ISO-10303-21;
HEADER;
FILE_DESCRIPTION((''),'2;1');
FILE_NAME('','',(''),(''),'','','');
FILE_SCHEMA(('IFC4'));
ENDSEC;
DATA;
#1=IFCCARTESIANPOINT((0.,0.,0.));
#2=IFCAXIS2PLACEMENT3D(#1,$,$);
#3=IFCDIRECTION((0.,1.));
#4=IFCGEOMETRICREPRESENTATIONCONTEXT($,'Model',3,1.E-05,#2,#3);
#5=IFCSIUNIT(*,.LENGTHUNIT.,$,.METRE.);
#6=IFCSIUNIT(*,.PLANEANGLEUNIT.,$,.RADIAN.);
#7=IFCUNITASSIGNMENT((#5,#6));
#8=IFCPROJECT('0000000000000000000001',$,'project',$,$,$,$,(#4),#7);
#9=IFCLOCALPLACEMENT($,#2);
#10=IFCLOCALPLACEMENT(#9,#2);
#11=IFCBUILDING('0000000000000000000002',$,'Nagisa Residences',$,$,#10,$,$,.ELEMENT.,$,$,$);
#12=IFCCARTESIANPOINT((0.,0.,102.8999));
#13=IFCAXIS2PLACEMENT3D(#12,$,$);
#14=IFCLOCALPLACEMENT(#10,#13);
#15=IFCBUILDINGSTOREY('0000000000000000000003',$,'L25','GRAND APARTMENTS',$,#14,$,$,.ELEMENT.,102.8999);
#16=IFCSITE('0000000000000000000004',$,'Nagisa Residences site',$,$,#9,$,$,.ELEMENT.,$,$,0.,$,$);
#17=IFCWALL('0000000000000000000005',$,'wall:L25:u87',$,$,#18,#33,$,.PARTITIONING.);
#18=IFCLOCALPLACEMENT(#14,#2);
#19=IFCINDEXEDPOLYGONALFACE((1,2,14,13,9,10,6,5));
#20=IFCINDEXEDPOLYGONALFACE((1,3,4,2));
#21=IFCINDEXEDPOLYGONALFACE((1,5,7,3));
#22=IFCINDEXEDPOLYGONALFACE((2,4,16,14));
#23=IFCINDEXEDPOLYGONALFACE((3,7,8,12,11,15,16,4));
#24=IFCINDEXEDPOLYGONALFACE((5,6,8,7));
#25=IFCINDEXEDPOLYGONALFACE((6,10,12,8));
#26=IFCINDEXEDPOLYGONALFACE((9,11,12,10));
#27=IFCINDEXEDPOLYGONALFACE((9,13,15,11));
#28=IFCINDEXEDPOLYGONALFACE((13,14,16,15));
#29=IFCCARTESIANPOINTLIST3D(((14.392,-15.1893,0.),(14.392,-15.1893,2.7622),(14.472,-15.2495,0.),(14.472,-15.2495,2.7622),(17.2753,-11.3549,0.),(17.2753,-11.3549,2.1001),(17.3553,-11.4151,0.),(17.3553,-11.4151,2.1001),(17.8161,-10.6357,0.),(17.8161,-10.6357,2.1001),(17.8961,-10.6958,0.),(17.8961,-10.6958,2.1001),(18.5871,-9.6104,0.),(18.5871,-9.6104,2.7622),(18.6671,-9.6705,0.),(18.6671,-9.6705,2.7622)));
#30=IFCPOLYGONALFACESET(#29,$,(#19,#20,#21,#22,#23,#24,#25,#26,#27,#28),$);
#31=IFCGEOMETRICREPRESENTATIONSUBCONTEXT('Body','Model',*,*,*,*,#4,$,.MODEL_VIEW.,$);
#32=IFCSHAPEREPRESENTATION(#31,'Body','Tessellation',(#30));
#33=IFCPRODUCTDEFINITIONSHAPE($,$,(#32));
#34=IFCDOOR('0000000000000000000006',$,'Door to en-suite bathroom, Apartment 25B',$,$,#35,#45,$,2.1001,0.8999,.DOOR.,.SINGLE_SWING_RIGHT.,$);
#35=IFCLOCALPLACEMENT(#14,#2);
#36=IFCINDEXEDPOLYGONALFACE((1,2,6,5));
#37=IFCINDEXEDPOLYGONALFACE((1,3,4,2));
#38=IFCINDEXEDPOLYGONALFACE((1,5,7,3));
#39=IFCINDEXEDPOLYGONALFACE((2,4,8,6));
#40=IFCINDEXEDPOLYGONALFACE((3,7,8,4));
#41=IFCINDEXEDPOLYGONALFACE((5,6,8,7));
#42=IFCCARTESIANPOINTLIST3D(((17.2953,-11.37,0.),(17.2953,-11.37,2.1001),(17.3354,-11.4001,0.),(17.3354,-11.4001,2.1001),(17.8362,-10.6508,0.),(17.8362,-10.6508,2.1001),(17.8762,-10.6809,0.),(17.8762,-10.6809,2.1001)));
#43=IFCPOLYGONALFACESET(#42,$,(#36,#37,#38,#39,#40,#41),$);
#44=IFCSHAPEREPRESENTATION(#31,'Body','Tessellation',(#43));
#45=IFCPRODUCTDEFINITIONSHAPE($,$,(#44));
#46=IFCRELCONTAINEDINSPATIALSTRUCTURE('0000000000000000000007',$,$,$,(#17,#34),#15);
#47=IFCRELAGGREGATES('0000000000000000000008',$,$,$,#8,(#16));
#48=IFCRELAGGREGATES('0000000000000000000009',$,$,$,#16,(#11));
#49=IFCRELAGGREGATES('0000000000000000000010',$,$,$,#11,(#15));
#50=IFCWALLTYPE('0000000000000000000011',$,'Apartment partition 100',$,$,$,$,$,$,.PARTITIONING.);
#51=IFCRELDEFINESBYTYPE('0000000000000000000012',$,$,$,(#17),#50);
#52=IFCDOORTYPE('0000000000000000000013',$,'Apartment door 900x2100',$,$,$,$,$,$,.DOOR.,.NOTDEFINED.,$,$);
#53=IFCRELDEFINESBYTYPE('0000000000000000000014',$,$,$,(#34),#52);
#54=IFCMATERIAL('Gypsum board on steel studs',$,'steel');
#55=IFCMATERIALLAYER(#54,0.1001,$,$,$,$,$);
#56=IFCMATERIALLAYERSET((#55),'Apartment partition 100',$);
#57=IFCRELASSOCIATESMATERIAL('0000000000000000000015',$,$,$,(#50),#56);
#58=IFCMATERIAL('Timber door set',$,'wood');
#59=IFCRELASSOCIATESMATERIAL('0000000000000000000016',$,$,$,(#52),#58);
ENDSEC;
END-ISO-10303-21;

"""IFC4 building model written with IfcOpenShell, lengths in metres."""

from ifc_helpers import new_model, si_unit, direction, frame, frame_2d, origin, place, context, subcontext, project, spatial, rectangle, extrude, material, layer, layer_set, type_object, element, fill, save


model = new_model("IFC4")

# Units and contexts
model_context = context("Model", 3, precision=1e-05, world=origin(), true_north=direction((0.0, 1.0)))
body_context = subcontext(model_context, "Body", "Model", "MODEL_VIEW")
ifc_project = project(units=[si_unit("LENGTHUNIT", "METRE"), si_unit("PLANEANGLEUNIT", "RADIAN")], contexts=[model_context])

# Site, building, storey
site_placement = place(None, origin())
site = spatial("IfcSite", under=ifc_project, at=site_placement, Name="Nagisa Residences site", CompositionType="ELEMENT", RefElevation=0.0)
building_placement = place(site_placement, origin())
building = spatial("IfcBuilding", under=site, at=building_placement, Name="Nagisa Residences", CompositionType="ELEMENT")
storey_placement = place(building_placement, frame((0.0, 0.0, 102.8999)))
storey = spatial("IfcBuildingStorey", under=building, at=storey_placement, Name="L25", Description="GRAND APARTMENTS", CompositionType="ELEMENT", Elevation=102.8999)

# Shared definitions
ifc_material_1 = material(Name="Gypsum board on steel studs", Category="steel")
ifc_layer_1 = layer(ifc_material_1, 0.1001)
ifc_layer_set_1 = layer_set([ifc_layer_1], Name="Apartment partition 100")
wall_type_1 = type_object("IfcWallType", Name="Apartment partition 100", PredefinedType="PARTITIONING", material=ifc_layer_set_1)

# Wall, opening, door
wall_1_placement = place(storey_placement, frame((14.4319, -15.2195, 0.0), z_axis=(0.0, 0.0, 1.0), x_axis=(0.601001, 0.799248, 0.0)))
wall_1 = element("IfcWall", 1, at=wall_1_placement, inside=storey, type_object=wall_type_1, Name="wall:L25:u87", PredefinedType="PARTITIONING", context=body_context, shape_type="SweptSolid", body=[
    extrude(rectangle(XDim=6.9802, YDim=0.1001, at=frame_2d((3.4902, 0.0))), origin(), (0.0, 0.0, 1.0), 2.7622),
])
opening_1_placement = place(wall_1_placement, frame((4.7976, 0.0, 0.0)))
opening_1 = element("IfcOpeningElement", 2, at=opening_1_placement, cuts=wall_1, PredefinedType="OPENING", context=body_context, shape_type="SweptSolid", body=[
    extrude(rectangle(XDim=0.8999, YDim=2.1001, at=frame_2d((0.45, 1.05))), frame((0.0, 0.0601, 0.0), z_axis=(0.0, -1.0, 0.0), x_axis=(1.0, 0.0, 0.0)), (0.0, 0.0, 1.0), 0.1201),
])
ifc_material_2 = material(Name="Timber door set", Category="wood")
door_type_1 = type_object("IfcDoorType", Name="Apartment door 900x2100", OperationType="NOTDEFINED", PredefinedType="DOOR", material=ifc_material_2)
door_1_placement = place(opening_1_placement, origin())
door_1 = element("IfcDoor", 3, at=door_1_placement, inside=storey, type_object=door_type_1, Name="Door to en-suite bathroom, Apartment 25B", OperationType="SINGLE_SWING_RIGHT", OverallHeight=2.1001, OverallWidth=0.8999, PredefinedType="DOOR", context=body_context, shape_type="SweptSolid", body=[
    extrude(rectangle(XDim=0.8999, YDim=2.1001, at=frame_2d((0.45, 1.05))), frame((0.0, 0.0249, 0.0), z_axis=(0.0, -1.0, 0.0), x_axis=(1.0, 0.0, 0.0)), (0.0, 0.0, 1.0), 0.05),
])
fill(opening_1, door_1)

save(model, "model.ifc")
